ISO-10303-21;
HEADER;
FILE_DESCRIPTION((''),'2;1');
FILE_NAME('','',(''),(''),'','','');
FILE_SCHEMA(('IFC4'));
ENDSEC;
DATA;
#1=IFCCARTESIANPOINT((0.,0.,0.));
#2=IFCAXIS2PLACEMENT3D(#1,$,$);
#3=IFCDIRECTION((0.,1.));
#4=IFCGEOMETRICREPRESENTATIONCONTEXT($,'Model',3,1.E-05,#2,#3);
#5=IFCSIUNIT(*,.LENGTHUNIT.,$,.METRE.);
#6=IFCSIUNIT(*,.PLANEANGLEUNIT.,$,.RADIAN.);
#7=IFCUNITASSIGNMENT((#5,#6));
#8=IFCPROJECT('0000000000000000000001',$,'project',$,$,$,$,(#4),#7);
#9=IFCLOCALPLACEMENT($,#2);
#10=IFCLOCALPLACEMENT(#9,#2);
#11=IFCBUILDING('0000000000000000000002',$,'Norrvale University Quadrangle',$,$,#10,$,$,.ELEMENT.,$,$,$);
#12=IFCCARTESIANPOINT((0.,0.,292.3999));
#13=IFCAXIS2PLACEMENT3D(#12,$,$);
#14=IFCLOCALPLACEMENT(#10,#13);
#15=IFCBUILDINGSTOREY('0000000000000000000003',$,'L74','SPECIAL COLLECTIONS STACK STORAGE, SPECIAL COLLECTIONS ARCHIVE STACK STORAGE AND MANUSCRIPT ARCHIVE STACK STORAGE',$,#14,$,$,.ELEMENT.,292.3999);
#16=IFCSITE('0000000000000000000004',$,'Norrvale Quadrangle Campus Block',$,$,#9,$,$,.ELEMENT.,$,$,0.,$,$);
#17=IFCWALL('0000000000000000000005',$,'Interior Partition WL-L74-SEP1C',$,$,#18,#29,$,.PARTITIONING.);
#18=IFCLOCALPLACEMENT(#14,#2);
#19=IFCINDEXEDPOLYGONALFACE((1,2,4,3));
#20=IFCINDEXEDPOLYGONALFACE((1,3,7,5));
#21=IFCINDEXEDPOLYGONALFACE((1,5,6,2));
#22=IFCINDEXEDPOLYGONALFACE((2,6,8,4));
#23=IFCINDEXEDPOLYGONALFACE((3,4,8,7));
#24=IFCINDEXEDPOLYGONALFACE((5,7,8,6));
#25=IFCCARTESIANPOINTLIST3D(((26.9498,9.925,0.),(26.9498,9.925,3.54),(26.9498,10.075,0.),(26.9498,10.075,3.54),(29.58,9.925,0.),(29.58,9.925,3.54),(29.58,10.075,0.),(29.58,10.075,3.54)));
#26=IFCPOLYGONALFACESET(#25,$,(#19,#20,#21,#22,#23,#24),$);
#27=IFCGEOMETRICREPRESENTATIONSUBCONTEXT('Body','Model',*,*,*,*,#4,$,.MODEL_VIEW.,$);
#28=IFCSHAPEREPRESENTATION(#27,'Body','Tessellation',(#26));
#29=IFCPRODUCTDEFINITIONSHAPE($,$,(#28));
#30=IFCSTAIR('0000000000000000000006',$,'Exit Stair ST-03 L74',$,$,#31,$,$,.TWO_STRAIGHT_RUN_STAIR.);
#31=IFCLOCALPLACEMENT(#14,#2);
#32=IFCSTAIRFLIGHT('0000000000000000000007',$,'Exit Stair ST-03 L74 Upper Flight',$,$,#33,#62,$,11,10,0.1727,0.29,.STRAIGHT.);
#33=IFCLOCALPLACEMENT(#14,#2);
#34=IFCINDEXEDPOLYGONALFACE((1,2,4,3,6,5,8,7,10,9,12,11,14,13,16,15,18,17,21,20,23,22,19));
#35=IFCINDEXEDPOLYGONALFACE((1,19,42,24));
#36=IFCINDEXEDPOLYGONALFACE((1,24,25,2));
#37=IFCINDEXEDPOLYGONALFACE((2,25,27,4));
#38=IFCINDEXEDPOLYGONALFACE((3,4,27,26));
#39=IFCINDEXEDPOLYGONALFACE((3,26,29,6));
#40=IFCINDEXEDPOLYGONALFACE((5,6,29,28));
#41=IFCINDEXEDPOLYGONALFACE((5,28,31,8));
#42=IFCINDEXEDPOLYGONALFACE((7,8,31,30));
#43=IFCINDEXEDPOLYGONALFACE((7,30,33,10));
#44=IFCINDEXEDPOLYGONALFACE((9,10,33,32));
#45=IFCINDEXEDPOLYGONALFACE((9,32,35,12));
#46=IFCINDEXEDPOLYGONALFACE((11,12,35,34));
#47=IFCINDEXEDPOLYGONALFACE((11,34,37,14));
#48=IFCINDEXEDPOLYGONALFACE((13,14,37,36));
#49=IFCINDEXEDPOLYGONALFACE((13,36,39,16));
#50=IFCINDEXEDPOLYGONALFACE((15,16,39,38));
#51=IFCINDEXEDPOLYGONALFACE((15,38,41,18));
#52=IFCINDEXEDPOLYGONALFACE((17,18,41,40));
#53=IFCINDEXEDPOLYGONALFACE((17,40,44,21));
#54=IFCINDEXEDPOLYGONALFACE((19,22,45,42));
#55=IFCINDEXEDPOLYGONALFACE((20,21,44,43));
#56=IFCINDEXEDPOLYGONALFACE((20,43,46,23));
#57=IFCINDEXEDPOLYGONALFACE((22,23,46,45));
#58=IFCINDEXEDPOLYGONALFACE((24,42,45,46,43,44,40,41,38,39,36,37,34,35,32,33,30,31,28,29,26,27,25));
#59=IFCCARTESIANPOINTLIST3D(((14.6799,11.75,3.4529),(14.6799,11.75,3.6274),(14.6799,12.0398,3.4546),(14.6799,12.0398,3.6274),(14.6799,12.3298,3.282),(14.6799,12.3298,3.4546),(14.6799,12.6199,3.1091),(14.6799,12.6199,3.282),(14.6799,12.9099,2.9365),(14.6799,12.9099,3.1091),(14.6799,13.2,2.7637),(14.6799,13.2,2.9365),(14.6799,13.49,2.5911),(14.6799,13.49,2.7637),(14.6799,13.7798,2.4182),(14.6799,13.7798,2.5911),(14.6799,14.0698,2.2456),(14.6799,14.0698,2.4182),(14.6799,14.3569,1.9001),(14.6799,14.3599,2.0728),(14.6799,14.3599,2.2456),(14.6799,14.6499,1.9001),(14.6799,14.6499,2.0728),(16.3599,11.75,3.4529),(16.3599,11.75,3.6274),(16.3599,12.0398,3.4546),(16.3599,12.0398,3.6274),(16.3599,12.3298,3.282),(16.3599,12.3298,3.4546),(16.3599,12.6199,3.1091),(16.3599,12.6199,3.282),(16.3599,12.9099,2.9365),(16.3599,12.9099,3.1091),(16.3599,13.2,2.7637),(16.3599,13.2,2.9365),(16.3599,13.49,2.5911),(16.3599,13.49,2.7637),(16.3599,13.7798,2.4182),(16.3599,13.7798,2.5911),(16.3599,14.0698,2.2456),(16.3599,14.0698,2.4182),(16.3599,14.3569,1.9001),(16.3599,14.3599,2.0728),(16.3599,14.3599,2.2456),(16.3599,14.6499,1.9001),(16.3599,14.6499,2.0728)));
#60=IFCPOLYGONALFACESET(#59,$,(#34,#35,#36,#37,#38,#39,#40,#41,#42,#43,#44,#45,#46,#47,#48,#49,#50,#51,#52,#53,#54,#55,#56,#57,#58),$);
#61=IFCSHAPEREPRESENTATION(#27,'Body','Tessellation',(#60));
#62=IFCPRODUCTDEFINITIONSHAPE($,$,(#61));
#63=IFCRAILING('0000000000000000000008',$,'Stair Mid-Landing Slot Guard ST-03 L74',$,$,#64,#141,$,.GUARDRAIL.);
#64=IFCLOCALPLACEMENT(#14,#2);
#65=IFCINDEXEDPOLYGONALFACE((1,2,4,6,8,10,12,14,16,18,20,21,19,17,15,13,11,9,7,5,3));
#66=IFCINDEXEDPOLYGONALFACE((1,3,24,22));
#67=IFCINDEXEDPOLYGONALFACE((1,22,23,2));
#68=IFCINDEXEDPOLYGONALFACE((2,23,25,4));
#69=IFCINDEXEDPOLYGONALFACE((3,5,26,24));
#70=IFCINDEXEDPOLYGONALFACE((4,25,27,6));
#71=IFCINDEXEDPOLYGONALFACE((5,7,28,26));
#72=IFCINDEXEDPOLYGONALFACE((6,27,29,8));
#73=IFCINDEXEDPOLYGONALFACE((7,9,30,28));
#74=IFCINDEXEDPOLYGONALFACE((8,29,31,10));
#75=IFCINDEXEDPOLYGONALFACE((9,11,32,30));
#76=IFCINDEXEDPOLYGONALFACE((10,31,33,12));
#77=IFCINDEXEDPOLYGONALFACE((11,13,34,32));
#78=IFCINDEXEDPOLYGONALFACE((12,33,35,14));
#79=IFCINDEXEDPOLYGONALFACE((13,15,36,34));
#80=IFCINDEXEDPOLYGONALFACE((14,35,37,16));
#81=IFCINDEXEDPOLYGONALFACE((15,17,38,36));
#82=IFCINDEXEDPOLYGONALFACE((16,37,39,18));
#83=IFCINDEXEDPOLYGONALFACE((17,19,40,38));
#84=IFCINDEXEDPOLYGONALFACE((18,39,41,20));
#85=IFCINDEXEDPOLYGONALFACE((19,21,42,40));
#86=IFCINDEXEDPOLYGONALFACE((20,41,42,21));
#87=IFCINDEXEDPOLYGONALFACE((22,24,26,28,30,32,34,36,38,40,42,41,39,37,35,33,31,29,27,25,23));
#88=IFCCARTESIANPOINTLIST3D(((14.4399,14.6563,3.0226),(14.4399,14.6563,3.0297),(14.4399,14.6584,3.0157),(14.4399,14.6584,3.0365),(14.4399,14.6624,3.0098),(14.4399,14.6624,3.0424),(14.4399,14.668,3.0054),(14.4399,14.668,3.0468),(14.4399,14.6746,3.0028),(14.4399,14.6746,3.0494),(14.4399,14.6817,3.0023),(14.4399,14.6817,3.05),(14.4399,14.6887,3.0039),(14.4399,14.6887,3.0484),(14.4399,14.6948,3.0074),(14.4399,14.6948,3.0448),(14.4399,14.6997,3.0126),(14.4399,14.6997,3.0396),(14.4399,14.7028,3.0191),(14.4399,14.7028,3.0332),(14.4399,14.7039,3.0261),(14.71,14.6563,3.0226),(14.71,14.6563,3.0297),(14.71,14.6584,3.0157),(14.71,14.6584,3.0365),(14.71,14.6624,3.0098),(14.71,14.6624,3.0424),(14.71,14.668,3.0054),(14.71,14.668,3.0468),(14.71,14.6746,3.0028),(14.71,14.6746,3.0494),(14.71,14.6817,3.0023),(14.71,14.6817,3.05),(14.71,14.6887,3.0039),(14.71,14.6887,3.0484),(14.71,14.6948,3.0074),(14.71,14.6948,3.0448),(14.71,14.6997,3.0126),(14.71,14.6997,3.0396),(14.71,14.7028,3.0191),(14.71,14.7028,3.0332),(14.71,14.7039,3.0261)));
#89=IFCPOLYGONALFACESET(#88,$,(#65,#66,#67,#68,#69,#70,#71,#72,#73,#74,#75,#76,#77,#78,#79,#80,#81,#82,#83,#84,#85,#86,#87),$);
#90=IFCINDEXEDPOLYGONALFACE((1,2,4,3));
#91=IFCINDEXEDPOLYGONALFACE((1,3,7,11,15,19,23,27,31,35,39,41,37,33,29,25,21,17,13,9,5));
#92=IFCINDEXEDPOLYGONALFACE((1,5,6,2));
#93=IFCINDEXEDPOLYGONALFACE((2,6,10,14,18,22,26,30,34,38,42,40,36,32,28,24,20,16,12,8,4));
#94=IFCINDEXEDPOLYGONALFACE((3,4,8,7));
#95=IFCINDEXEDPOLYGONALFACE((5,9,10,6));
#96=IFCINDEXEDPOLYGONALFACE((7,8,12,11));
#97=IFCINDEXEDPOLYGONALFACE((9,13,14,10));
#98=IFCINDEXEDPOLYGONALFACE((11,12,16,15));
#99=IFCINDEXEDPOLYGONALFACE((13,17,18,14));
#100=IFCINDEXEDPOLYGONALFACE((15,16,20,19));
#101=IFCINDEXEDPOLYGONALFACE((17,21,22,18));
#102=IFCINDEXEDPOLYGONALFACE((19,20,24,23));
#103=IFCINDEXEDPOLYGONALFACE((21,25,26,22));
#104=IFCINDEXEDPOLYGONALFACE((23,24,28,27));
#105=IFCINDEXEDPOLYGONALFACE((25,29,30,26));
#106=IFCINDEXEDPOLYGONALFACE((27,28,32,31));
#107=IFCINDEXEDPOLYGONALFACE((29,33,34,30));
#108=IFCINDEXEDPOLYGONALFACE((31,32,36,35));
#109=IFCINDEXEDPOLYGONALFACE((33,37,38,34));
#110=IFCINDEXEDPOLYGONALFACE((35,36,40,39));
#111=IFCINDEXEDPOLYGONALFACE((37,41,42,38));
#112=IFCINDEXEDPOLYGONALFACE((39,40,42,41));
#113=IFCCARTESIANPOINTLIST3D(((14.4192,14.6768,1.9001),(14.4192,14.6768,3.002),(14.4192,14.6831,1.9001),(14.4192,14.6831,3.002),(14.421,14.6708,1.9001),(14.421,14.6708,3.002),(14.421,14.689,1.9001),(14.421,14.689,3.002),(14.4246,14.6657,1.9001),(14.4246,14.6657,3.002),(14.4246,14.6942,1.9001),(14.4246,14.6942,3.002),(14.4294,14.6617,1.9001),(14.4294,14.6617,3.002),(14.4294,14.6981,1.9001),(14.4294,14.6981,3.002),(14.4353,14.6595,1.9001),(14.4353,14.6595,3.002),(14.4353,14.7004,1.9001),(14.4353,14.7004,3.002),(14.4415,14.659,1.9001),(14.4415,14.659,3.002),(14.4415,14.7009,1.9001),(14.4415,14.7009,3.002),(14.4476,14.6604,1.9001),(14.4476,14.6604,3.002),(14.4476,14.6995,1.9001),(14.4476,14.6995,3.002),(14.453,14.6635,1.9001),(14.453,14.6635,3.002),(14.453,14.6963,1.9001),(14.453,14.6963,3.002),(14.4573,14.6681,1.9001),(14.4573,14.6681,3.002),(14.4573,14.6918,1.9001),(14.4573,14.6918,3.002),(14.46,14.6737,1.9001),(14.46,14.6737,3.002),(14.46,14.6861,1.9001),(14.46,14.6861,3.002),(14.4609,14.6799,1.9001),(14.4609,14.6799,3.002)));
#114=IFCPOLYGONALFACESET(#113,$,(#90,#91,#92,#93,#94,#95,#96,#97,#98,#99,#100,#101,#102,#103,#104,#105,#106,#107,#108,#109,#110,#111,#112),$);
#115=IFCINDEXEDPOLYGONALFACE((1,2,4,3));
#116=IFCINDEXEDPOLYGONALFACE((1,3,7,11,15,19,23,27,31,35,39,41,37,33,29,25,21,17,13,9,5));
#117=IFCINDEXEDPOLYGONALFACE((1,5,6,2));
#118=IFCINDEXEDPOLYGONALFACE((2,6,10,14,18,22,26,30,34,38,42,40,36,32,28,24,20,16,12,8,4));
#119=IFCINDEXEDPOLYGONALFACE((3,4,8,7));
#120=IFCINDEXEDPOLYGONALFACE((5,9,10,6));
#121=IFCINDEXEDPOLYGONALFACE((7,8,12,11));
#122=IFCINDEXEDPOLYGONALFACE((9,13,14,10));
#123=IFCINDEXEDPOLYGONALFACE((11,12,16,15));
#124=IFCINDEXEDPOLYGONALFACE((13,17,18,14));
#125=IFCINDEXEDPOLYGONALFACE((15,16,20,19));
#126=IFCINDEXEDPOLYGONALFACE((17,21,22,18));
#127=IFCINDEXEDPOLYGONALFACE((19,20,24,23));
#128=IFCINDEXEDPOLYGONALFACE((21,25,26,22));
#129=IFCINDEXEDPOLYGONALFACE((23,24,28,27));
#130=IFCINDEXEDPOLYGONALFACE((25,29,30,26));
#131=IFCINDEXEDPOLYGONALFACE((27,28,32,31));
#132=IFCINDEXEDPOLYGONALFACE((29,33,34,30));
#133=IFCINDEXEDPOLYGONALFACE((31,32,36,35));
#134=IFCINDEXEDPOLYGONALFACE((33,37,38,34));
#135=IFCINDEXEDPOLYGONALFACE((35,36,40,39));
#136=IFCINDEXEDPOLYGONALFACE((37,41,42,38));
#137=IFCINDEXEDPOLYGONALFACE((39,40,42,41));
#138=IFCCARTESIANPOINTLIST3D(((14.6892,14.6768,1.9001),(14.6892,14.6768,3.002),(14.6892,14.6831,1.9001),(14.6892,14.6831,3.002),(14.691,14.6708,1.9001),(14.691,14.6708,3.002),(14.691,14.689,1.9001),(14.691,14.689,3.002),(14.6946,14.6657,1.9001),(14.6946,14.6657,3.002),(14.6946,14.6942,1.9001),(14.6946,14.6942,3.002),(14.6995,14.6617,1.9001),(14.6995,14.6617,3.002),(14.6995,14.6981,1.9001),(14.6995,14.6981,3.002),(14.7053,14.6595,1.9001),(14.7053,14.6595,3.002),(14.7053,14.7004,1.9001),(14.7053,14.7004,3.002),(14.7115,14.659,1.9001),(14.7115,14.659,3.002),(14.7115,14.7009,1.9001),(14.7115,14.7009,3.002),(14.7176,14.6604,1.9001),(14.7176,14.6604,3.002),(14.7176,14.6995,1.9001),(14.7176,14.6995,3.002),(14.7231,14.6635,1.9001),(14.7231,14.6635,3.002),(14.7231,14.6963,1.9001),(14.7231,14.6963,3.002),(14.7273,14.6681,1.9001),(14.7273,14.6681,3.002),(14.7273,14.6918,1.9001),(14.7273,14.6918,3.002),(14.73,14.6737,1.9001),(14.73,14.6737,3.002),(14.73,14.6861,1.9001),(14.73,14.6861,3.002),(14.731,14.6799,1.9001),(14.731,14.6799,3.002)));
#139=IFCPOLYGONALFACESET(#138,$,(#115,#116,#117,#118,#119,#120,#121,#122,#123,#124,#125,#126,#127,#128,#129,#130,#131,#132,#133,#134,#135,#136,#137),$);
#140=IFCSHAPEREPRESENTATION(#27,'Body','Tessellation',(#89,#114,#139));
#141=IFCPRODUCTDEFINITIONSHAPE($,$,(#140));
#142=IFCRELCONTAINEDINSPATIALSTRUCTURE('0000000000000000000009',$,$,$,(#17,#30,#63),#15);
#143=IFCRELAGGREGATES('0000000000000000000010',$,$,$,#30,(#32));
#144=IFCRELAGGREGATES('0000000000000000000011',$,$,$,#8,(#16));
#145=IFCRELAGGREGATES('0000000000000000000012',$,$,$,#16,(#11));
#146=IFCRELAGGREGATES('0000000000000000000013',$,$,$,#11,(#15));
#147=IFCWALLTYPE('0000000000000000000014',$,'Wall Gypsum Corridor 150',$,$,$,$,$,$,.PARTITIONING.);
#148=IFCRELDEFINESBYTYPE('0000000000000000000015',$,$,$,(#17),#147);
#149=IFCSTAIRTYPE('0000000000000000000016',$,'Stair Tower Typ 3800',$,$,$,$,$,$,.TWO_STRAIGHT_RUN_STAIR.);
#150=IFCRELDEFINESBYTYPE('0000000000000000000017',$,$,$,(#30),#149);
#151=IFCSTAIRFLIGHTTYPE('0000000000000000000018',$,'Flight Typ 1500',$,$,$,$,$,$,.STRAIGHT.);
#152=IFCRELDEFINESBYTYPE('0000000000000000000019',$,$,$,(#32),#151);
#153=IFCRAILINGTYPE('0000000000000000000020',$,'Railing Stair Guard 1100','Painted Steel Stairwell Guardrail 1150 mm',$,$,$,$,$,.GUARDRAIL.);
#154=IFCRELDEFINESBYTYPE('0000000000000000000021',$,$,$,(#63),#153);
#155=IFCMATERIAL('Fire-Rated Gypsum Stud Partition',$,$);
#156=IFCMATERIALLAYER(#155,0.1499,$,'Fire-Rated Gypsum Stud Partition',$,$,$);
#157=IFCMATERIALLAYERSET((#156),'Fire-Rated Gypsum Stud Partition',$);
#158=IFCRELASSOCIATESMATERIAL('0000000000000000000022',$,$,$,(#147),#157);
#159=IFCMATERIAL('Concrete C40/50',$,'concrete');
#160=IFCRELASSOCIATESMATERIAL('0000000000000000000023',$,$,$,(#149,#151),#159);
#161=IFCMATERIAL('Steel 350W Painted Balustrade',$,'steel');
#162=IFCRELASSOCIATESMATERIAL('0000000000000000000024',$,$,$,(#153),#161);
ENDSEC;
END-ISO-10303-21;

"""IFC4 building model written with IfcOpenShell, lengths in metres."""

from ifc_helpers import new_model, si_unit, direction, frame, frame_2d, origin, origin_2d, place, context, subcontext, project, spatial, polyline, rectangle, circle, outline, extrude, material, layer, layer_set, type_object, element, aggregate, save


model = new_model("IFC4")

# Units and contexts
model_context = context("Model", 3, precision=1e-05, world=origin(), true_north=direction((0.0, 1.0)))
body_context = subcontext(model_context, "Body", "Model", "MODEL_VIEW")
ifc_project = project(units=[si_unit("LENGTHUNIT", "METRE"), si_unit("PLANEANGLEUNIT", "RADIAN")], contexts=[model_context])

# Site, building, storey
site_placement = place(None, origin())
site = spatial("IfcSite", under=ifc_project, at=site_placement, Name="Norrvale Quadrangle Campus Block", CompositionType="ELEMENT", RefElevation=0.0)
building_placement = place(site_placement, origin())
building = spatial("IfcBuilding", under=site, at=building_placement, Name="Norrvale University Quadrangle", CompositionType="ELEMENT")
storey_placement = place(building_placement, frame((0.0, 0.0, 292.3999)))
storey = spatial("IfcBuildingStorey", under=building, at=storey_placement, Name="L74", Description="SPECIAL COLLECTIONS STACK STORAGE, SPECIAL COLLECTIONS ARCHIVE STACK STORAGE AND MANUSCRIPT ARCHIVE STACK STORAGE", CompositionType="ELEMENT", Elevation=292.3999)

# Shared definitions
ifc_material_1 = material(Name="Fire-Rated Gypsum Stud Partition")
ifc_layer_1 = layer(ifc_material_1, 0.1499, Name="Fire-Rated Gypsum Stud Partition")
ifc_layer_set_1 = layer_set([ifc_layer_1], Name="Fire-Rated Gypsum Stud Partition")
wall_type_1 = type_object("IfcWallType", Name="Wall Gypsum Corridor 150", PredefinedType="PARTITIONING", material=ifc_layer_set_1)

# Wall
wall_1_placement = place(storey_placement, frame((26.95, 10.0, 0.0), z_axis=(0.0, 0.0, 1.0), x_axis=(1.0, 0.0, 0.0)))
element("IfcWall", 1, at=wall_1_placement, inside=storey, type_object=wall_type_1, Name="Interior Partition WL-L74-SEP1C", PredefinedType="PARTITIONING", context=body_context, shape_type="SweptSolid", body=[
    extrude(rectangle(XDim=2.6301, YDim=0.1499, at=frame_2d((1.3149, 0.0))), origin(), (0.0, 0.0, 1.0), 3.54),
])

# Stair, stair flight
ifc_material_2 = material(Name="Concrete C40/50", Category="concrete")
stair_type = type_object("IfcStairType", Name="Stair Tower Typ 3800", PredefinedType="TWO_STRAIGHT_RUN_STAIR", material=ifc_material_2)
stair_placement = place(storey_placement, origin())
stair = element("IfcStair", 2, at=stair_placement, inside=storey, type_object=stair_type, Name="Exit Stair ST-03 L74", PredefinedType="TWO_STRAIGHT_RUN_STAIR")
stair_flight_type = type_object("IfcStairFlightType", Name="Flight Typ 1500", PredefinedType="STRAIGHT", material=ifc_material_2)
stair_flight_placement = place(storey_placement, frame((15.52, 14.6499, 1.9001), z_axis=(0.0, 0.0, 1.0), x_axis=(0.0, -1.0, 0.0)))
stair_flight = element("IfcStairFlight", 3, at=stair_flight_placement, type_object=stair_flight_type, Name="Exit Stair ST-03 L74 Upper Flight", NumberOfRisers=11, NumberOfTreads=10, PredefinedType="STRAIGHT", RiserHeight=0.1727, TreadLength=0.29, context=body_context, shape_type="SweptSolid", body=[
    extrude(outline(polyline([(0.0, 0.0), (0.0, 0.1726), (0.29, 0.1726), (0.29, 0.3455), (0.5801, 0.3455), (0.5801, 0.5181), (0.8701, 0.5181), (0.8701, 0.6909), (1.1599, 0.6909), (1.1599, 0.8635), (1.45, 0.8635), (1.45, 1.0364), (1.74, 1.0364), (1.74, 1.209), (2.03, 1.209), (2.03, 1.3818), (2.3201, 1.3818), (2.3201, 1.5544), (2.6101, 1.5544), (2.6101, 1.7273), (2.8999, 1.7273), (2.8999, 1.8999), (2.8999, 1.5527), (0.293, 0.0), (0.0, 0.0)])), frame((0.0, 0.8398, 0.0), z_axis=(0.0, -1.0, 0.0), x_axis=(1.0, 0.0, 0.0)), (0.0, 0.0, 1.0), 1.6799),
])
aggregate(stair, [stair_flight])

# Railing
ifc_material_3 = material(Name="Steel 350W Painted Balustrade", Category="steel")
railing_type_1 = type_object("IfcRailingType", Name="Railing Stair Guard 1100", Description="Painted Steel Stairwell Guardrail 1150 mm", PredefinedType="GUARDRAIL", material=ifc_material_3)
railing_1_placement = place(storey_placement, frame((14.4399, 14.6799, 1.9001)))
element("IfcRailing", 4, at=railing_1_placement, inside=storey, type_object=railing_type_1, Name="Stair Mid-Landing Slot Guard ST-03 L74", PredefinedType="GUARDRAIL", context=body_context, shape_type="SweptSolid", body=[
    extrude(circle(Radius=0.0239, at=origin_2d()), frame((0.0, 0.0, 1.126), z_axis=(1.0, 0.0, 0.0), x_axis=(0.0, 1.0, 0.0)), (0.0, 0.0, 1.0), 0.27),
    extrude(circle(Radius=0.021, at=origin_2d()), origin(), (0.0, 0.0, 1.0), 1.1018),
    extrude(circle(Radius=0.021, at=origin_2d()), frame((0.27, 0.0, 0.0)), (0.0, 0.0, 1.0), 1.1018),
])

save(model, "model.ifc")
